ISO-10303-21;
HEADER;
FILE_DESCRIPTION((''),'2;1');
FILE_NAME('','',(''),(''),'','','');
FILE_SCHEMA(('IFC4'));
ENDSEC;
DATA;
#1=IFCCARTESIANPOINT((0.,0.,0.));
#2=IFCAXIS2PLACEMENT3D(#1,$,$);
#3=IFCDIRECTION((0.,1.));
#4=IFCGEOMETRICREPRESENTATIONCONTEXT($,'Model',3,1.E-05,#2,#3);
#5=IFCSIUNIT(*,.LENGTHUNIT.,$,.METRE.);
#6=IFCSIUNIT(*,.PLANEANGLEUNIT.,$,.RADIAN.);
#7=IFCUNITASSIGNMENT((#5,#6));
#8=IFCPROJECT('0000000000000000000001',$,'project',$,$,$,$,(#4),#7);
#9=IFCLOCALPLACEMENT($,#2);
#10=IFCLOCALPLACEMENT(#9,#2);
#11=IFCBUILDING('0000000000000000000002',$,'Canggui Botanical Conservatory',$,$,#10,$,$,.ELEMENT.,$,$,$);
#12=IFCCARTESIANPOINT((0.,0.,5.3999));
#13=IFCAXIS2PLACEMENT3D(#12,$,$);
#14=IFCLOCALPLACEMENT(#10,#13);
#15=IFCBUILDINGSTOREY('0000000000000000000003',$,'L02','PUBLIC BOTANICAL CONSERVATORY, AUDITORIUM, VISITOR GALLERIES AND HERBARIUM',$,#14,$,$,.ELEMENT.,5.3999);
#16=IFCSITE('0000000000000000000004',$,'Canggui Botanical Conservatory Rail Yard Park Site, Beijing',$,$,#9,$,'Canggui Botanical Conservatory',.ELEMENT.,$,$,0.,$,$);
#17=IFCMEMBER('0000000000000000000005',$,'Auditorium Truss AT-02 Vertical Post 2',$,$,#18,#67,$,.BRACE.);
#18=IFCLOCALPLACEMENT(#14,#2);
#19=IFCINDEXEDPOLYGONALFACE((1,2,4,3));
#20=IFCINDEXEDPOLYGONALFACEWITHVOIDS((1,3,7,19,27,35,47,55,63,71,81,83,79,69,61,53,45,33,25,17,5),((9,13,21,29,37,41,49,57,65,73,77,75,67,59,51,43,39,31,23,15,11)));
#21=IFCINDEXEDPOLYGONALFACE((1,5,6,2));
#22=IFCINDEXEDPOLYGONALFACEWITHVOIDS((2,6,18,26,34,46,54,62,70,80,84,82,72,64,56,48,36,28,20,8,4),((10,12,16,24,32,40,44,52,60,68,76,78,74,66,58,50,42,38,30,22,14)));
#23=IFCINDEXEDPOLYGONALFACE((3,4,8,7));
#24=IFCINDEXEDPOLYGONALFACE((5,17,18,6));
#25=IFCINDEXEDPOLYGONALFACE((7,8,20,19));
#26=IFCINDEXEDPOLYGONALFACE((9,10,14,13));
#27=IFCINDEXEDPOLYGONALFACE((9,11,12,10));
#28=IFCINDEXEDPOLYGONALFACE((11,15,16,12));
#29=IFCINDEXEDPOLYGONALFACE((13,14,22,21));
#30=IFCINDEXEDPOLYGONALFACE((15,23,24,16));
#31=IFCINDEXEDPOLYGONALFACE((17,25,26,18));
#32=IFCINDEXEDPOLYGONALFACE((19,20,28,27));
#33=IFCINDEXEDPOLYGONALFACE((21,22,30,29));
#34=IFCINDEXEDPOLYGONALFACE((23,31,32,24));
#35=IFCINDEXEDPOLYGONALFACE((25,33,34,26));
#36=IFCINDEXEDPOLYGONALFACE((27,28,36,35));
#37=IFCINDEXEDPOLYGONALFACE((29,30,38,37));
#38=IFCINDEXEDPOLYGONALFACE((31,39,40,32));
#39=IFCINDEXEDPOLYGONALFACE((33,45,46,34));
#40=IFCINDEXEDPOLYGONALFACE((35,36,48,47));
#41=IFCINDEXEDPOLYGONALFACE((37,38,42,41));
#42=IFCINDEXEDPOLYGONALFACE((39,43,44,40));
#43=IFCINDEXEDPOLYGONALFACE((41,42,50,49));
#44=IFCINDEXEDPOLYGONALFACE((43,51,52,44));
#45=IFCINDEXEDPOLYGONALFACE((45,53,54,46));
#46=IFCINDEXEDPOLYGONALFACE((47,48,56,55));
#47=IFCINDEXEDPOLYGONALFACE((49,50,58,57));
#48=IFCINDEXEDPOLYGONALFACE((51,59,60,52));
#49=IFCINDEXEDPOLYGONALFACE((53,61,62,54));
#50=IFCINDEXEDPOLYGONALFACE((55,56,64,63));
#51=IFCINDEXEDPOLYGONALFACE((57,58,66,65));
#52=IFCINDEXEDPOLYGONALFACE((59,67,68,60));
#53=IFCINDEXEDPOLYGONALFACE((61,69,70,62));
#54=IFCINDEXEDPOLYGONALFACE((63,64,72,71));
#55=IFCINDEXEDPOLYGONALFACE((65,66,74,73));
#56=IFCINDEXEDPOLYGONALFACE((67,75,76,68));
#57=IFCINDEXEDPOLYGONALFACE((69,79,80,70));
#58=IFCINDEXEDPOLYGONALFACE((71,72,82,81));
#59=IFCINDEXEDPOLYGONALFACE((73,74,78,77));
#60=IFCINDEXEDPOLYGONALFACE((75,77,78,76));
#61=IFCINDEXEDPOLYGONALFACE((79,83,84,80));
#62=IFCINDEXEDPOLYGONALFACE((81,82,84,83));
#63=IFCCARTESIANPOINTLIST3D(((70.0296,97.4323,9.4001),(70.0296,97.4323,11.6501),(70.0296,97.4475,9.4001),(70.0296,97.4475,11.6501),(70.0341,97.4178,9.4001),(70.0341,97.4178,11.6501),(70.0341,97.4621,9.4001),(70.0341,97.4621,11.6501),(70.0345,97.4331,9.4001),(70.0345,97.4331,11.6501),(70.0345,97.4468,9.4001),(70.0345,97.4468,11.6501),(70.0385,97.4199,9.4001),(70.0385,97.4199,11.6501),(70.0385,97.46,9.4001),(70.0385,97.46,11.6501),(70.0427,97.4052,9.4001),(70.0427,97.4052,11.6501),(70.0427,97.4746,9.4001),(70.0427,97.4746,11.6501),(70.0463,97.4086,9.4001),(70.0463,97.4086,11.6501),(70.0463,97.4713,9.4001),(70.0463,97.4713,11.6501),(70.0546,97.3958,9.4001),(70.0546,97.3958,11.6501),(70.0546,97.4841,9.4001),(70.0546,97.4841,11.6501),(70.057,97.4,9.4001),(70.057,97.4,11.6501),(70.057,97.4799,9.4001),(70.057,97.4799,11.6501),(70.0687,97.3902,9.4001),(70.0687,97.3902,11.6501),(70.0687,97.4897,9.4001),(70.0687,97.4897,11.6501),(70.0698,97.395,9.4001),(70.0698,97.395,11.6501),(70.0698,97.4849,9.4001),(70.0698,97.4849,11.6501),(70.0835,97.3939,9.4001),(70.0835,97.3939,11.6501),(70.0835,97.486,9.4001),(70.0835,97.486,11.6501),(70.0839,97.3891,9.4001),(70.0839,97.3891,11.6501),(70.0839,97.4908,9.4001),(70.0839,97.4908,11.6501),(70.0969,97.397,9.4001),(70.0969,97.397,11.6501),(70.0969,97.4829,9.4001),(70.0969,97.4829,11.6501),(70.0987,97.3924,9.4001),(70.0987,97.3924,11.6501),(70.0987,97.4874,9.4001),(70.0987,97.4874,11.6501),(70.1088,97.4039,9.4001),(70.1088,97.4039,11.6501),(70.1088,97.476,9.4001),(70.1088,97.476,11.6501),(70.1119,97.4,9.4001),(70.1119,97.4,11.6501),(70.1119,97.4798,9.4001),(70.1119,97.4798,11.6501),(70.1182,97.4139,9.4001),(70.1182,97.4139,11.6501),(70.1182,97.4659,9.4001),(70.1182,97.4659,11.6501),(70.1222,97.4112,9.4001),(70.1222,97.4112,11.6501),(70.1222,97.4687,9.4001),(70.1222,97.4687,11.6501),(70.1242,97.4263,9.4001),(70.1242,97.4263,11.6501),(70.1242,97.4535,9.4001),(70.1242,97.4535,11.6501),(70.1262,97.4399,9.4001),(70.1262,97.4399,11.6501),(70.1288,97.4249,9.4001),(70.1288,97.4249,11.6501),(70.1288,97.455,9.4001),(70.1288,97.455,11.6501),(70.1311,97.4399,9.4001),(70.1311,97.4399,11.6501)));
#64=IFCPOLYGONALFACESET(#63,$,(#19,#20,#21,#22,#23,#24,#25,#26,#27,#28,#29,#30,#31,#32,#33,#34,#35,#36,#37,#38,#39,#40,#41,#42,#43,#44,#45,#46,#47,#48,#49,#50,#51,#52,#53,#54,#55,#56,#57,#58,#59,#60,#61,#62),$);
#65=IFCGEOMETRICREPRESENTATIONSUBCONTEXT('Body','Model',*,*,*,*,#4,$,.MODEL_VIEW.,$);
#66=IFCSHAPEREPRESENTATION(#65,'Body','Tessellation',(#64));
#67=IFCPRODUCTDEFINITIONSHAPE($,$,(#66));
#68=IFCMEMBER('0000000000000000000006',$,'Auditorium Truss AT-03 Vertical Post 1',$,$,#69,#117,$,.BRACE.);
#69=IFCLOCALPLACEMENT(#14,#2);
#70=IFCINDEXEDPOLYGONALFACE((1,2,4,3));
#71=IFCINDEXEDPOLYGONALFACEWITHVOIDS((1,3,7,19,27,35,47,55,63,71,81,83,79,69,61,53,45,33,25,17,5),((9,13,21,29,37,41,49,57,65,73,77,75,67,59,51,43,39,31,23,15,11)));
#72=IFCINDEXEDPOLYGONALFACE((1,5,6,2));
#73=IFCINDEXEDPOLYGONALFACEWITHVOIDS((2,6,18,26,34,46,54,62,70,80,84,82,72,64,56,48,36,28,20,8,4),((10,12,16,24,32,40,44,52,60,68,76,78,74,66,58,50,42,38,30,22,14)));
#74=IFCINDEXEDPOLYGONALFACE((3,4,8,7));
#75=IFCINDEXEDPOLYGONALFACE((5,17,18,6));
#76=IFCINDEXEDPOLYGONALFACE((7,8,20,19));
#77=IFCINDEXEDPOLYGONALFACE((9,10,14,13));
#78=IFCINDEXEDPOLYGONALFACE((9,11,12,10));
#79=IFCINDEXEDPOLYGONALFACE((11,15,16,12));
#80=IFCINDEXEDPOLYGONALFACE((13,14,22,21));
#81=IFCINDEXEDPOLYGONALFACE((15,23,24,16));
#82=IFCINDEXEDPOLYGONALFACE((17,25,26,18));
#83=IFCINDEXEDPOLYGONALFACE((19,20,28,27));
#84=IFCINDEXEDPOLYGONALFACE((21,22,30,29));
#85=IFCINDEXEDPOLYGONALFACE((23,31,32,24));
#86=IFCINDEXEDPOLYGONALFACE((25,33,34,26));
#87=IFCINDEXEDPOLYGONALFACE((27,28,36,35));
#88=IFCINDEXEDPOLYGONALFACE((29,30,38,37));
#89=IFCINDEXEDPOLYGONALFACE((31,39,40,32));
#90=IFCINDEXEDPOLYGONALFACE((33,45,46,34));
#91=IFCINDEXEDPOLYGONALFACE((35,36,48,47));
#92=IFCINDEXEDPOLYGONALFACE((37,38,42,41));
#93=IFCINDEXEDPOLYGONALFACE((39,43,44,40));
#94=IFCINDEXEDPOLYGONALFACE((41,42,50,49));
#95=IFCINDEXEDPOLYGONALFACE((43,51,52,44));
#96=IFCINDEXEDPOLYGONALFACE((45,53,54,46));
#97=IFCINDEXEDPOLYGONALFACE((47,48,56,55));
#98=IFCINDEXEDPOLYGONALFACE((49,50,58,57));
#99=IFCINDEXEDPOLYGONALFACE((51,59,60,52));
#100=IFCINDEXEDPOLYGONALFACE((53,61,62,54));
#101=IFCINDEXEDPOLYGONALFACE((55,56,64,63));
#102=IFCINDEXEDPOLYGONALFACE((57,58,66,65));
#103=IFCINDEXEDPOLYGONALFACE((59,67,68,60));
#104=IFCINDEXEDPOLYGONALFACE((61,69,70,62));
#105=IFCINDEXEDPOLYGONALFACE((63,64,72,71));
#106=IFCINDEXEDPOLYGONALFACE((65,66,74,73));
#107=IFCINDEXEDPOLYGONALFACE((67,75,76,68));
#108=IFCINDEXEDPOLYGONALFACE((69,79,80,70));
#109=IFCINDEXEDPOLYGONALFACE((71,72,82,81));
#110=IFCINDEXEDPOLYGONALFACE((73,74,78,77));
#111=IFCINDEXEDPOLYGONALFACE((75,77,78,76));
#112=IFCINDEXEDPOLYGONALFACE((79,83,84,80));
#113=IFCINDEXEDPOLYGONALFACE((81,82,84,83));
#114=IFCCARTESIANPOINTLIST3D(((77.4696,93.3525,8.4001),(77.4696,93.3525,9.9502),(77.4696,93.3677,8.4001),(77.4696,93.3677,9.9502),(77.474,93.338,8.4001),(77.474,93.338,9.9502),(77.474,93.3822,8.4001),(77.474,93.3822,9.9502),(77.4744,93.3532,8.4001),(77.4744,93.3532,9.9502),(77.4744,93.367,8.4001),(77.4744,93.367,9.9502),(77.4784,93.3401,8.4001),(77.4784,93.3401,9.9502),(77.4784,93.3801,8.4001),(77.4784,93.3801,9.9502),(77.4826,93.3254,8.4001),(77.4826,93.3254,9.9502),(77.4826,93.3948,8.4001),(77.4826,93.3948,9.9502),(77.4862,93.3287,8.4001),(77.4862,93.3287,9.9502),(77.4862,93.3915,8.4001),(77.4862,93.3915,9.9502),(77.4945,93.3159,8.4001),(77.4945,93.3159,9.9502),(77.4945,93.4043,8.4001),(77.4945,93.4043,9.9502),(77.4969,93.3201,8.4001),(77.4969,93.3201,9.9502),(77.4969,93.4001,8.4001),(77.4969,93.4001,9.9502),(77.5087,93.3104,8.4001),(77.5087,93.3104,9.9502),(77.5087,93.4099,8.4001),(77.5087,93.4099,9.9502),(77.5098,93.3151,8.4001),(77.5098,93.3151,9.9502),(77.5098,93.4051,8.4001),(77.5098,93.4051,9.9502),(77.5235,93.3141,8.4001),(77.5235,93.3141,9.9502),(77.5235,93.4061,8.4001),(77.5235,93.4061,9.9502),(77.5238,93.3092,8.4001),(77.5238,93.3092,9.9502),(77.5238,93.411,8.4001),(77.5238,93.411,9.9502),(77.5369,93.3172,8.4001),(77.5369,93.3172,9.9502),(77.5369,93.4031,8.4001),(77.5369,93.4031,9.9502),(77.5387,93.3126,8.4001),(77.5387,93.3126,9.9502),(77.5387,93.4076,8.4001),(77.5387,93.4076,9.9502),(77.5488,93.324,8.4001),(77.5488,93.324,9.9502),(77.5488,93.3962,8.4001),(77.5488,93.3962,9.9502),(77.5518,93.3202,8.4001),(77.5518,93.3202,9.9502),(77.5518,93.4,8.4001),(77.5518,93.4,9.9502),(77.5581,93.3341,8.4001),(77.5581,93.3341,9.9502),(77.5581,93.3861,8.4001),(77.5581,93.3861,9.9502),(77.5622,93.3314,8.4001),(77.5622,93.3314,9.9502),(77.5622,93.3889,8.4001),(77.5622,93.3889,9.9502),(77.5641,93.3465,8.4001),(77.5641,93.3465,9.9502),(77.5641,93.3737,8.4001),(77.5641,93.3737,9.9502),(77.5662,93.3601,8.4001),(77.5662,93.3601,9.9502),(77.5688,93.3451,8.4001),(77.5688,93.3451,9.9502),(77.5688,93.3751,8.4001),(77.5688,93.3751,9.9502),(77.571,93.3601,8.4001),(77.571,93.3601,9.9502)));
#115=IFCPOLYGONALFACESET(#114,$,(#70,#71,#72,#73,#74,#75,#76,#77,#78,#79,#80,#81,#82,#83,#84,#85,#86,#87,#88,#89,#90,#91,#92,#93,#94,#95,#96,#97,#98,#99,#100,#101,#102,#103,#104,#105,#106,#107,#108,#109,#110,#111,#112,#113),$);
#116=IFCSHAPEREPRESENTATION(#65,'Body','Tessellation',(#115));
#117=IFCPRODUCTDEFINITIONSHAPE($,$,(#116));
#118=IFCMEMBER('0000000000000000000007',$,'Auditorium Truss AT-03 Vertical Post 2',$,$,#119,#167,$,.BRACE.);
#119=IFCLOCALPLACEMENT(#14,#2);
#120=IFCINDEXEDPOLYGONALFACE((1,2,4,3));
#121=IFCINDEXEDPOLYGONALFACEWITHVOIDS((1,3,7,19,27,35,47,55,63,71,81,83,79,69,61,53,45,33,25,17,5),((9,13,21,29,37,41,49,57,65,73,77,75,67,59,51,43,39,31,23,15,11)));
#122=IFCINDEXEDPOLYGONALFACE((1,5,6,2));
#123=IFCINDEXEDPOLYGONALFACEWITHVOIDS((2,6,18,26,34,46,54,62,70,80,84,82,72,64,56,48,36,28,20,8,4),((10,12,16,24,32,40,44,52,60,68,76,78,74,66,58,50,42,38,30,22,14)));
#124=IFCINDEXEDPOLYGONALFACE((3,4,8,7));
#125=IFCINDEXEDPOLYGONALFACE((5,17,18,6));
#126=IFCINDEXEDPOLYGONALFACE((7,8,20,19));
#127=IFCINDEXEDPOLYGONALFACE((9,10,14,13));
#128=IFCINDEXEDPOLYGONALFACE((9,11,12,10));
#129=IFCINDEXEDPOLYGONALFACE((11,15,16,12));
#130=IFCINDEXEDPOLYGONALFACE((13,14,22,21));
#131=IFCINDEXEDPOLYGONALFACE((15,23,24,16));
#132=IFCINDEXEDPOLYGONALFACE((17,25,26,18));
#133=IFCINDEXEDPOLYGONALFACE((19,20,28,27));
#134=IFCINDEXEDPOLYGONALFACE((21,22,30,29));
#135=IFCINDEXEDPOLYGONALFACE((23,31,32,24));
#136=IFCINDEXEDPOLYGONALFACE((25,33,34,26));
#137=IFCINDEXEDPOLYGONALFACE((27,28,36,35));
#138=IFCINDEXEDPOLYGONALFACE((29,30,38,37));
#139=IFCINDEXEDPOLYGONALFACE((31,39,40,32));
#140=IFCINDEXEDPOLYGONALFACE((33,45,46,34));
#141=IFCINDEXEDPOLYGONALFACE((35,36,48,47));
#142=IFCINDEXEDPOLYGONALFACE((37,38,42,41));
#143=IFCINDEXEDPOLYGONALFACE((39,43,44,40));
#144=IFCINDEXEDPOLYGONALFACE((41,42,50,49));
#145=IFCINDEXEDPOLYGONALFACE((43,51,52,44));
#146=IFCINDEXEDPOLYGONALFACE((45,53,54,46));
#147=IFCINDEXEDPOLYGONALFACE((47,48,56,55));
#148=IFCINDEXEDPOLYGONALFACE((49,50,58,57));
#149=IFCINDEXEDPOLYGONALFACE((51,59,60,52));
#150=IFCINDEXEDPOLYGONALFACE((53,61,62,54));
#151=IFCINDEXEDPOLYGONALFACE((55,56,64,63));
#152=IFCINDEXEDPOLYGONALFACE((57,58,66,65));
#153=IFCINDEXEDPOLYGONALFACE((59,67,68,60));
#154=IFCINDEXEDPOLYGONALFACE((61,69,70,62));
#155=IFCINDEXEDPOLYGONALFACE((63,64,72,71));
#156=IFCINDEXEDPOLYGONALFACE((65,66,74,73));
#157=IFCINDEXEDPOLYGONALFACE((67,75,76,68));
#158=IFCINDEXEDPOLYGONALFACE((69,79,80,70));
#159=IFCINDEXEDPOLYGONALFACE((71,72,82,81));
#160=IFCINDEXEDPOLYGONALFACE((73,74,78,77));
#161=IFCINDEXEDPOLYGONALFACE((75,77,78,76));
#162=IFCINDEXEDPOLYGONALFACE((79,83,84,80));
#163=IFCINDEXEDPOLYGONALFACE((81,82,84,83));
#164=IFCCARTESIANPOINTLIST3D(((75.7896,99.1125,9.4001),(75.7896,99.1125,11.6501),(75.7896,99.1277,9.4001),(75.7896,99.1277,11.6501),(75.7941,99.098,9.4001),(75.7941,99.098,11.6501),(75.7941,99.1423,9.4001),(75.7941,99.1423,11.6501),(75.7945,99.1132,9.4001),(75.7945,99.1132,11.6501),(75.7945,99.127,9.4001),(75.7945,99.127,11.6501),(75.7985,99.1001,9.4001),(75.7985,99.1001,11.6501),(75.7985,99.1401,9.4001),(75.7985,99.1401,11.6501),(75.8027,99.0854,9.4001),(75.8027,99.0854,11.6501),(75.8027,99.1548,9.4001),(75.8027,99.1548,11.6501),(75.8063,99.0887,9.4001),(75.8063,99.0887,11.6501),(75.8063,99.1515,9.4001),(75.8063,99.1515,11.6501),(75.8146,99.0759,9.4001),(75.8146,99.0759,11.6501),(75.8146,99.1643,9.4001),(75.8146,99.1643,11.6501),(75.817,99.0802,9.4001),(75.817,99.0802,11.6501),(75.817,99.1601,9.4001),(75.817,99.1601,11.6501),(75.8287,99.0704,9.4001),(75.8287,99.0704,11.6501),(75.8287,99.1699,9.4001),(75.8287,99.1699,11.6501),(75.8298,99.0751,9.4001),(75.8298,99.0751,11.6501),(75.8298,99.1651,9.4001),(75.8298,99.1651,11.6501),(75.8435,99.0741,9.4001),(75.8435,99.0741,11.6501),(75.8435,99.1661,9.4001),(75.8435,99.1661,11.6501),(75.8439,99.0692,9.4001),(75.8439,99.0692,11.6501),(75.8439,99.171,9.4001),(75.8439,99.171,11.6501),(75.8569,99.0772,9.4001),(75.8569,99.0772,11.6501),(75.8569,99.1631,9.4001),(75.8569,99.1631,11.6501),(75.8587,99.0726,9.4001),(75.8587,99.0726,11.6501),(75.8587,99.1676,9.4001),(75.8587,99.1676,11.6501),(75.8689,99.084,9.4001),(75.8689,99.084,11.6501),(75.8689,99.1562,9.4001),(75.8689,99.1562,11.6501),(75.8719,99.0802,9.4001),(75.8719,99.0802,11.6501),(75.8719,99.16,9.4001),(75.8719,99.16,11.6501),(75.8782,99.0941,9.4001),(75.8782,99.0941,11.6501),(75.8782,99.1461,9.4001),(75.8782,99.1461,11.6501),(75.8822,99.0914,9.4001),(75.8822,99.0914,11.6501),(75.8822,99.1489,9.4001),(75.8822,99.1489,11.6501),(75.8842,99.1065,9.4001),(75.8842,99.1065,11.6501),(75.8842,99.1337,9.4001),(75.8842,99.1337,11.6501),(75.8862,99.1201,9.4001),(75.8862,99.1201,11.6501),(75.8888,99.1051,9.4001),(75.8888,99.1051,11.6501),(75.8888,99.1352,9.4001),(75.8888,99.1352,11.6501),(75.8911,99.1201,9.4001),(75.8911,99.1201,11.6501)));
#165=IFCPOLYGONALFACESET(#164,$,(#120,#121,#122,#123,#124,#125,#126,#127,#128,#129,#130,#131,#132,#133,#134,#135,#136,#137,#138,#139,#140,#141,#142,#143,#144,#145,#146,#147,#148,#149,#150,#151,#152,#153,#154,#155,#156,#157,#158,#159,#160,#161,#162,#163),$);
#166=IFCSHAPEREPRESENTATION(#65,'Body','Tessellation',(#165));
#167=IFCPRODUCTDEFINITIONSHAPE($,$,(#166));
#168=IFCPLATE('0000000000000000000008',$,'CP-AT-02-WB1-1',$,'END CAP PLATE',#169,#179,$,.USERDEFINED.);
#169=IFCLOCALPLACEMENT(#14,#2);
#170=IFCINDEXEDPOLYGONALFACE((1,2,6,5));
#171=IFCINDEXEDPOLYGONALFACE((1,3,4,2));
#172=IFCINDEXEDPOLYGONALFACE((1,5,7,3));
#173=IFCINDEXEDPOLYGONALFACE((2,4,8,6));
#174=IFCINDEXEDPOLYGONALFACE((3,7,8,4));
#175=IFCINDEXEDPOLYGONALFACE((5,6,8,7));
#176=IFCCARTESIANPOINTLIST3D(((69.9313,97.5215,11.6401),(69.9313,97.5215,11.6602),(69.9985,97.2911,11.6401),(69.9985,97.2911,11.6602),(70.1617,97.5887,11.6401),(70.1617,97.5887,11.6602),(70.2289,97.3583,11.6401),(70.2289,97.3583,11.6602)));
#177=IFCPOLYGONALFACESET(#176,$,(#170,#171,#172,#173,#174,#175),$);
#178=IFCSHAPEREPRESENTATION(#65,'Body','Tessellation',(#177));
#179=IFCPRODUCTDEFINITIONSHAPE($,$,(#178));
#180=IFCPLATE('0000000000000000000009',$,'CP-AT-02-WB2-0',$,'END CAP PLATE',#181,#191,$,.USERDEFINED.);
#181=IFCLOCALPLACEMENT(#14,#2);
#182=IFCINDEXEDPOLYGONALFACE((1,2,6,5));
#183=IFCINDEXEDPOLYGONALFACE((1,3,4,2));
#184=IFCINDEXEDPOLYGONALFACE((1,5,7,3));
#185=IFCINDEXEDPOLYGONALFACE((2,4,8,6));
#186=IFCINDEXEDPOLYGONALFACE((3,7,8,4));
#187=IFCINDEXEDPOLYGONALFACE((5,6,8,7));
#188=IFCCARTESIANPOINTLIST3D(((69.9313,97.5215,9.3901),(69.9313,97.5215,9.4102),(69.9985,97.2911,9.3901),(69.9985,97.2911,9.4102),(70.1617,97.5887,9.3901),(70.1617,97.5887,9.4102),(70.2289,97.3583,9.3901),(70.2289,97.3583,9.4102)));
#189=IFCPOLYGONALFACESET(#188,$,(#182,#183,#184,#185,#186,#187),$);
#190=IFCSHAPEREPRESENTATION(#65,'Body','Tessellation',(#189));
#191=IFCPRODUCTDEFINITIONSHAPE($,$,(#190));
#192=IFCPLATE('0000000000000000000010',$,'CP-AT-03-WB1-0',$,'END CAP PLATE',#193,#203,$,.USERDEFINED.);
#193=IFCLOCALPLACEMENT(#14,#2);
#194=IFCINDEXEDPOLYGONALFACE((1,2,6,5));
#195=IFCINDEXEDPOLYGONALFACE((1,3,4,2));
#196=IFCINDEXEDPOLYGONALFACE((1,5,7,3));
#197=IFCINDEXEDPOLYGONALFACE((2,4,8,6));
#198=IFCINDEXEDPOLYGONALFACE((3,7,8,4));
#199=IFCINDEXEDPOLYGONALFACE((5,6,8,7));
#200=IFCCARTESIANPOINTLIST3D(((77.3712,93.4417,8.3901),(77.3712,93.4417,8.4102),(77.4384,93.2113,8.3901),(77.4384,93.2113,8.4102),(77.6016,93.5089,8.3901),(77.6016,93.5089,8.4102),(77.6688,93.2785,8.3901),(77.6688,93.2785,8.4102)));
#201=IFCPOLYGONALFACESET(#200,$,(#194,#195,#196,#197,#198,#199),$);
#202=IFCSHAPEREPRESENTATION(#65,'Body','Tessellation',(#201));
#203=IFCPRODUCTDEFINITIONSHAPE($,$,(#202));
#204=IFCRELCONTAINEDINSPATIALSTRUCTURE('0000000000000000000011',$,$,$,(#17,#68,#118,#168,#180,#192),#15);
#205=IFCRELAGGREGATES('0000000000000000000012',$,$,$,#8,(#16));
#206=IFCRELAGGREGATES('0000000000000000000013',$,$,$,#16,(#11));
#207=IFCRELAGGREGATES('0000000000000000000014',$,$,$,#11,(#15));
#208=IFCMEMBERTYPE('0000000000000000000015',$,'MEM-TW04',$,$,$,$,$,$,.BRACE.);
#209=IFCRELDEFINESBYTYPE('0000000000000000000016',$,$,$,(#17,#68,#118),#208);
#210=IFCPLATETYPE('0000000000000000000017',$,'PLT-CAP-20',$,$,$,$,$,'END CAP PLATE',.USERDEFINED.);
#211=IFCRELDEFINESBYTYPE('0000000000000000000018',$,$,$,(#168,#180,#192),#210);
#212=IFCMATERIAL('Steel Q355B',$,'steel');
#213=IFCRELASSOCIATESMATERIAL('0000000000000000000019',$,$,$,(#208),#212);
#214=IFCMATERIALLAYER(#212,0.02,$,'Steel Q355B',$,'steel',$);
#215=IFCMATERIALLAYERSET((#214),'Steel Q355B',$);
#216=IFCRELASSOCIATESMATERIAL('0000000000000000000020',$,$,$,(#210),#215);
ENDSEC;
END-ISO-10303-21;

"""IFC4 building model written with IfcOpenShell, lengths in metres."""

from ifc_helpers import new_model, si_unit, direction, frame, origin, origin_2d, place, context, subcontext, project, spatial, rectangle, hollow_circle, extrude, material, layer, layer_set, material_profile, profile_set, type_object, element, save


model = new_model("IFC4")

# Units and contexts
model_context = context("Model", 3, precision=1e-05, world=origin(), true_north=direction((0.0, 1.0)))
body_context = subcontext(model_context, "Body", "Model", "MODEL_VIEW")
ifc_project = project(units=[si_unit("LENGTHUNIT", "METRE"), si_unit("PLANEANGLEUNIT", "RADIAN")], contexts=[model_context])

# Site, building, storey
site_placement = place(None, origin())
site = spatial("IfcSite", under=ifc_project, at=site_placement, Name="Canggui Botanical Conservatory Rail Yard Park Site, Beijing", LongName="Canggui Botanical Conservatory", CompositionType="ELEMENT", RefElevation=0.0)
building_placement = place(site_placement, origin())
building = spatial("IfcBuilding", under=site, at=building_placement, Name="Canggui Botanical Conservatory", CompositionType="ELEMENT")
storey_placement = place(building_placement, frame((0.0, 0.0, 5.3999)))
storey = spatial("IfcBuildingStorey", under=building, at=storey_placement, Name="L02", Description="PUBLIC BOTANICAL CONSERVATORY, AUDITORIUM, VISITOR GALLERIES AND HERBARIUM", CompositionType="ELEMENT", Elevation=5.3999)

# Shared definitions
ifc_material_1 = material(Name="Steel Q355B", Category="steel")

# Members
ifc_material_profile_1 = material_profile(ifc_material_1, hollow_circle(Radius=0.051, WallThickness=0.0049, at=origin_2d()), Name="CHS 102x5")
ifc_profile_set_1 = profile_set([ifc_material_profile_1], Name="Steel Q355B")
member_type_1 = type_object("IfcMemberType", Name="MEM-TW04", PredefinedType="BRACE", material=ifc_profile_set_1)
member_1_placement = place(storey_placement, frame((70.0801, 97.4399, 9.4001), z_axis=(0.0, 0.0, 1.0), x_axis=(1.0, 0.0, 0.0)))
element("IfcMember", 1, at=member_1_placement, inside=storey, type_object=member_type_1, Name="Auditorium Truss AT-02 Vertical Post 2", PredefinedType="BRACE", context=body_context, shape_type="SweptSolid", body=[
    extrude(hollow_circle(Radius=0.051, WallThickness=0.0049, at=origin_2d()), origin(), (0.0, 0.0, 1.0), 2.25),
])
member_2_placement = place(storey_placement, frame((77.52, 93.3601, 8.4001), z_axis=(0.0, 0.0, 1.0), x_axis=(1.0, 0.0, 0.0)))
element("IfcMember", 2, at=member_2_placement, inside=storey, type_object=member_type_1, Name="Auditorium Truss AT-03 Vertical Post 1", PredefinedType="BRACE", context=body_context, shape_type="SweptSolid", body=[
    extrude(hollow_circle(Radius=0.051, WallThickness=0.0049, at=origin_2d()), origin(), (0.0, 0.0, 1.0), 1.55),
])
member_3_placement = place(storey_placement, frame((75.8401, 99.1201, 9.4001), z_axis=(0.0, 0.0, 1.0), x_axis=(1.0, 0.0, 0.0)))
element("IfcMember", 3, at=member_3_placement, inside=storey, type_object=member_type_1, Name="Auditorium Truss AT-03 Vertical Post 2", PredefinedType="BRACE", context=body_context, shape_type="SweptSolid", body=[
    extrude(hollow_circle(Radius=0.051, WallThickness=0.0049, at=origin_2d()), origin(), (0.0, 0.0, 1.0), 2.25),
])

# Plates
ifc_layer_1 = layer(ifc_material_1, 0.02, Name="Steel Q355B", Category="steel")
ifc_layer_set_1 = layer_set([ifc_layer_1], Name="Steel Q355B")
plate_type = type_object("IfcPlateType", Name="PLT-CAP-20", ElementType="END CAP PLATE", PredefinedType="USERDEFINED", material=ifc_layer_set_1)
for number, where, z_axis, x_axis, name in (
    (4, (70.0801, 97.4399, 11.6401), (0.0, 0.0, 1.0), (0.96, 0.28, 0.0), "CP-AT-02-WB1-1"),
    (5, (70.0801, 97.4399, 9.3901), (0.0, 0.0, 1.0), (0.96, 0.28, 0.0), "CP-AT-02-WB2-0"),
    (6, (77.52, 93.3601, 8.3901), (0.0, 0.0, 1.0), (0.96, 0.28, 0.0), "CP-AT-03-WB1-0"),
):
    element("IfcPlate", number, at=place(storey_placement, frame(where, z_axis=z_axis, x_axis=x_axis)), inside=storey, type_object=plate_type, Name=name, ObjectType="END CAP PLATE", PredefinedType="USERDEFINED", context=body_context, shape_type="SweptSolid", body=[
        extrude(rectangle(XDim=0.24, YDim=0.24, at=origin_2d()), origin(), (0.0, 0.0, 1.0), 0.02),
    ])

save(model, "model.ifc")
